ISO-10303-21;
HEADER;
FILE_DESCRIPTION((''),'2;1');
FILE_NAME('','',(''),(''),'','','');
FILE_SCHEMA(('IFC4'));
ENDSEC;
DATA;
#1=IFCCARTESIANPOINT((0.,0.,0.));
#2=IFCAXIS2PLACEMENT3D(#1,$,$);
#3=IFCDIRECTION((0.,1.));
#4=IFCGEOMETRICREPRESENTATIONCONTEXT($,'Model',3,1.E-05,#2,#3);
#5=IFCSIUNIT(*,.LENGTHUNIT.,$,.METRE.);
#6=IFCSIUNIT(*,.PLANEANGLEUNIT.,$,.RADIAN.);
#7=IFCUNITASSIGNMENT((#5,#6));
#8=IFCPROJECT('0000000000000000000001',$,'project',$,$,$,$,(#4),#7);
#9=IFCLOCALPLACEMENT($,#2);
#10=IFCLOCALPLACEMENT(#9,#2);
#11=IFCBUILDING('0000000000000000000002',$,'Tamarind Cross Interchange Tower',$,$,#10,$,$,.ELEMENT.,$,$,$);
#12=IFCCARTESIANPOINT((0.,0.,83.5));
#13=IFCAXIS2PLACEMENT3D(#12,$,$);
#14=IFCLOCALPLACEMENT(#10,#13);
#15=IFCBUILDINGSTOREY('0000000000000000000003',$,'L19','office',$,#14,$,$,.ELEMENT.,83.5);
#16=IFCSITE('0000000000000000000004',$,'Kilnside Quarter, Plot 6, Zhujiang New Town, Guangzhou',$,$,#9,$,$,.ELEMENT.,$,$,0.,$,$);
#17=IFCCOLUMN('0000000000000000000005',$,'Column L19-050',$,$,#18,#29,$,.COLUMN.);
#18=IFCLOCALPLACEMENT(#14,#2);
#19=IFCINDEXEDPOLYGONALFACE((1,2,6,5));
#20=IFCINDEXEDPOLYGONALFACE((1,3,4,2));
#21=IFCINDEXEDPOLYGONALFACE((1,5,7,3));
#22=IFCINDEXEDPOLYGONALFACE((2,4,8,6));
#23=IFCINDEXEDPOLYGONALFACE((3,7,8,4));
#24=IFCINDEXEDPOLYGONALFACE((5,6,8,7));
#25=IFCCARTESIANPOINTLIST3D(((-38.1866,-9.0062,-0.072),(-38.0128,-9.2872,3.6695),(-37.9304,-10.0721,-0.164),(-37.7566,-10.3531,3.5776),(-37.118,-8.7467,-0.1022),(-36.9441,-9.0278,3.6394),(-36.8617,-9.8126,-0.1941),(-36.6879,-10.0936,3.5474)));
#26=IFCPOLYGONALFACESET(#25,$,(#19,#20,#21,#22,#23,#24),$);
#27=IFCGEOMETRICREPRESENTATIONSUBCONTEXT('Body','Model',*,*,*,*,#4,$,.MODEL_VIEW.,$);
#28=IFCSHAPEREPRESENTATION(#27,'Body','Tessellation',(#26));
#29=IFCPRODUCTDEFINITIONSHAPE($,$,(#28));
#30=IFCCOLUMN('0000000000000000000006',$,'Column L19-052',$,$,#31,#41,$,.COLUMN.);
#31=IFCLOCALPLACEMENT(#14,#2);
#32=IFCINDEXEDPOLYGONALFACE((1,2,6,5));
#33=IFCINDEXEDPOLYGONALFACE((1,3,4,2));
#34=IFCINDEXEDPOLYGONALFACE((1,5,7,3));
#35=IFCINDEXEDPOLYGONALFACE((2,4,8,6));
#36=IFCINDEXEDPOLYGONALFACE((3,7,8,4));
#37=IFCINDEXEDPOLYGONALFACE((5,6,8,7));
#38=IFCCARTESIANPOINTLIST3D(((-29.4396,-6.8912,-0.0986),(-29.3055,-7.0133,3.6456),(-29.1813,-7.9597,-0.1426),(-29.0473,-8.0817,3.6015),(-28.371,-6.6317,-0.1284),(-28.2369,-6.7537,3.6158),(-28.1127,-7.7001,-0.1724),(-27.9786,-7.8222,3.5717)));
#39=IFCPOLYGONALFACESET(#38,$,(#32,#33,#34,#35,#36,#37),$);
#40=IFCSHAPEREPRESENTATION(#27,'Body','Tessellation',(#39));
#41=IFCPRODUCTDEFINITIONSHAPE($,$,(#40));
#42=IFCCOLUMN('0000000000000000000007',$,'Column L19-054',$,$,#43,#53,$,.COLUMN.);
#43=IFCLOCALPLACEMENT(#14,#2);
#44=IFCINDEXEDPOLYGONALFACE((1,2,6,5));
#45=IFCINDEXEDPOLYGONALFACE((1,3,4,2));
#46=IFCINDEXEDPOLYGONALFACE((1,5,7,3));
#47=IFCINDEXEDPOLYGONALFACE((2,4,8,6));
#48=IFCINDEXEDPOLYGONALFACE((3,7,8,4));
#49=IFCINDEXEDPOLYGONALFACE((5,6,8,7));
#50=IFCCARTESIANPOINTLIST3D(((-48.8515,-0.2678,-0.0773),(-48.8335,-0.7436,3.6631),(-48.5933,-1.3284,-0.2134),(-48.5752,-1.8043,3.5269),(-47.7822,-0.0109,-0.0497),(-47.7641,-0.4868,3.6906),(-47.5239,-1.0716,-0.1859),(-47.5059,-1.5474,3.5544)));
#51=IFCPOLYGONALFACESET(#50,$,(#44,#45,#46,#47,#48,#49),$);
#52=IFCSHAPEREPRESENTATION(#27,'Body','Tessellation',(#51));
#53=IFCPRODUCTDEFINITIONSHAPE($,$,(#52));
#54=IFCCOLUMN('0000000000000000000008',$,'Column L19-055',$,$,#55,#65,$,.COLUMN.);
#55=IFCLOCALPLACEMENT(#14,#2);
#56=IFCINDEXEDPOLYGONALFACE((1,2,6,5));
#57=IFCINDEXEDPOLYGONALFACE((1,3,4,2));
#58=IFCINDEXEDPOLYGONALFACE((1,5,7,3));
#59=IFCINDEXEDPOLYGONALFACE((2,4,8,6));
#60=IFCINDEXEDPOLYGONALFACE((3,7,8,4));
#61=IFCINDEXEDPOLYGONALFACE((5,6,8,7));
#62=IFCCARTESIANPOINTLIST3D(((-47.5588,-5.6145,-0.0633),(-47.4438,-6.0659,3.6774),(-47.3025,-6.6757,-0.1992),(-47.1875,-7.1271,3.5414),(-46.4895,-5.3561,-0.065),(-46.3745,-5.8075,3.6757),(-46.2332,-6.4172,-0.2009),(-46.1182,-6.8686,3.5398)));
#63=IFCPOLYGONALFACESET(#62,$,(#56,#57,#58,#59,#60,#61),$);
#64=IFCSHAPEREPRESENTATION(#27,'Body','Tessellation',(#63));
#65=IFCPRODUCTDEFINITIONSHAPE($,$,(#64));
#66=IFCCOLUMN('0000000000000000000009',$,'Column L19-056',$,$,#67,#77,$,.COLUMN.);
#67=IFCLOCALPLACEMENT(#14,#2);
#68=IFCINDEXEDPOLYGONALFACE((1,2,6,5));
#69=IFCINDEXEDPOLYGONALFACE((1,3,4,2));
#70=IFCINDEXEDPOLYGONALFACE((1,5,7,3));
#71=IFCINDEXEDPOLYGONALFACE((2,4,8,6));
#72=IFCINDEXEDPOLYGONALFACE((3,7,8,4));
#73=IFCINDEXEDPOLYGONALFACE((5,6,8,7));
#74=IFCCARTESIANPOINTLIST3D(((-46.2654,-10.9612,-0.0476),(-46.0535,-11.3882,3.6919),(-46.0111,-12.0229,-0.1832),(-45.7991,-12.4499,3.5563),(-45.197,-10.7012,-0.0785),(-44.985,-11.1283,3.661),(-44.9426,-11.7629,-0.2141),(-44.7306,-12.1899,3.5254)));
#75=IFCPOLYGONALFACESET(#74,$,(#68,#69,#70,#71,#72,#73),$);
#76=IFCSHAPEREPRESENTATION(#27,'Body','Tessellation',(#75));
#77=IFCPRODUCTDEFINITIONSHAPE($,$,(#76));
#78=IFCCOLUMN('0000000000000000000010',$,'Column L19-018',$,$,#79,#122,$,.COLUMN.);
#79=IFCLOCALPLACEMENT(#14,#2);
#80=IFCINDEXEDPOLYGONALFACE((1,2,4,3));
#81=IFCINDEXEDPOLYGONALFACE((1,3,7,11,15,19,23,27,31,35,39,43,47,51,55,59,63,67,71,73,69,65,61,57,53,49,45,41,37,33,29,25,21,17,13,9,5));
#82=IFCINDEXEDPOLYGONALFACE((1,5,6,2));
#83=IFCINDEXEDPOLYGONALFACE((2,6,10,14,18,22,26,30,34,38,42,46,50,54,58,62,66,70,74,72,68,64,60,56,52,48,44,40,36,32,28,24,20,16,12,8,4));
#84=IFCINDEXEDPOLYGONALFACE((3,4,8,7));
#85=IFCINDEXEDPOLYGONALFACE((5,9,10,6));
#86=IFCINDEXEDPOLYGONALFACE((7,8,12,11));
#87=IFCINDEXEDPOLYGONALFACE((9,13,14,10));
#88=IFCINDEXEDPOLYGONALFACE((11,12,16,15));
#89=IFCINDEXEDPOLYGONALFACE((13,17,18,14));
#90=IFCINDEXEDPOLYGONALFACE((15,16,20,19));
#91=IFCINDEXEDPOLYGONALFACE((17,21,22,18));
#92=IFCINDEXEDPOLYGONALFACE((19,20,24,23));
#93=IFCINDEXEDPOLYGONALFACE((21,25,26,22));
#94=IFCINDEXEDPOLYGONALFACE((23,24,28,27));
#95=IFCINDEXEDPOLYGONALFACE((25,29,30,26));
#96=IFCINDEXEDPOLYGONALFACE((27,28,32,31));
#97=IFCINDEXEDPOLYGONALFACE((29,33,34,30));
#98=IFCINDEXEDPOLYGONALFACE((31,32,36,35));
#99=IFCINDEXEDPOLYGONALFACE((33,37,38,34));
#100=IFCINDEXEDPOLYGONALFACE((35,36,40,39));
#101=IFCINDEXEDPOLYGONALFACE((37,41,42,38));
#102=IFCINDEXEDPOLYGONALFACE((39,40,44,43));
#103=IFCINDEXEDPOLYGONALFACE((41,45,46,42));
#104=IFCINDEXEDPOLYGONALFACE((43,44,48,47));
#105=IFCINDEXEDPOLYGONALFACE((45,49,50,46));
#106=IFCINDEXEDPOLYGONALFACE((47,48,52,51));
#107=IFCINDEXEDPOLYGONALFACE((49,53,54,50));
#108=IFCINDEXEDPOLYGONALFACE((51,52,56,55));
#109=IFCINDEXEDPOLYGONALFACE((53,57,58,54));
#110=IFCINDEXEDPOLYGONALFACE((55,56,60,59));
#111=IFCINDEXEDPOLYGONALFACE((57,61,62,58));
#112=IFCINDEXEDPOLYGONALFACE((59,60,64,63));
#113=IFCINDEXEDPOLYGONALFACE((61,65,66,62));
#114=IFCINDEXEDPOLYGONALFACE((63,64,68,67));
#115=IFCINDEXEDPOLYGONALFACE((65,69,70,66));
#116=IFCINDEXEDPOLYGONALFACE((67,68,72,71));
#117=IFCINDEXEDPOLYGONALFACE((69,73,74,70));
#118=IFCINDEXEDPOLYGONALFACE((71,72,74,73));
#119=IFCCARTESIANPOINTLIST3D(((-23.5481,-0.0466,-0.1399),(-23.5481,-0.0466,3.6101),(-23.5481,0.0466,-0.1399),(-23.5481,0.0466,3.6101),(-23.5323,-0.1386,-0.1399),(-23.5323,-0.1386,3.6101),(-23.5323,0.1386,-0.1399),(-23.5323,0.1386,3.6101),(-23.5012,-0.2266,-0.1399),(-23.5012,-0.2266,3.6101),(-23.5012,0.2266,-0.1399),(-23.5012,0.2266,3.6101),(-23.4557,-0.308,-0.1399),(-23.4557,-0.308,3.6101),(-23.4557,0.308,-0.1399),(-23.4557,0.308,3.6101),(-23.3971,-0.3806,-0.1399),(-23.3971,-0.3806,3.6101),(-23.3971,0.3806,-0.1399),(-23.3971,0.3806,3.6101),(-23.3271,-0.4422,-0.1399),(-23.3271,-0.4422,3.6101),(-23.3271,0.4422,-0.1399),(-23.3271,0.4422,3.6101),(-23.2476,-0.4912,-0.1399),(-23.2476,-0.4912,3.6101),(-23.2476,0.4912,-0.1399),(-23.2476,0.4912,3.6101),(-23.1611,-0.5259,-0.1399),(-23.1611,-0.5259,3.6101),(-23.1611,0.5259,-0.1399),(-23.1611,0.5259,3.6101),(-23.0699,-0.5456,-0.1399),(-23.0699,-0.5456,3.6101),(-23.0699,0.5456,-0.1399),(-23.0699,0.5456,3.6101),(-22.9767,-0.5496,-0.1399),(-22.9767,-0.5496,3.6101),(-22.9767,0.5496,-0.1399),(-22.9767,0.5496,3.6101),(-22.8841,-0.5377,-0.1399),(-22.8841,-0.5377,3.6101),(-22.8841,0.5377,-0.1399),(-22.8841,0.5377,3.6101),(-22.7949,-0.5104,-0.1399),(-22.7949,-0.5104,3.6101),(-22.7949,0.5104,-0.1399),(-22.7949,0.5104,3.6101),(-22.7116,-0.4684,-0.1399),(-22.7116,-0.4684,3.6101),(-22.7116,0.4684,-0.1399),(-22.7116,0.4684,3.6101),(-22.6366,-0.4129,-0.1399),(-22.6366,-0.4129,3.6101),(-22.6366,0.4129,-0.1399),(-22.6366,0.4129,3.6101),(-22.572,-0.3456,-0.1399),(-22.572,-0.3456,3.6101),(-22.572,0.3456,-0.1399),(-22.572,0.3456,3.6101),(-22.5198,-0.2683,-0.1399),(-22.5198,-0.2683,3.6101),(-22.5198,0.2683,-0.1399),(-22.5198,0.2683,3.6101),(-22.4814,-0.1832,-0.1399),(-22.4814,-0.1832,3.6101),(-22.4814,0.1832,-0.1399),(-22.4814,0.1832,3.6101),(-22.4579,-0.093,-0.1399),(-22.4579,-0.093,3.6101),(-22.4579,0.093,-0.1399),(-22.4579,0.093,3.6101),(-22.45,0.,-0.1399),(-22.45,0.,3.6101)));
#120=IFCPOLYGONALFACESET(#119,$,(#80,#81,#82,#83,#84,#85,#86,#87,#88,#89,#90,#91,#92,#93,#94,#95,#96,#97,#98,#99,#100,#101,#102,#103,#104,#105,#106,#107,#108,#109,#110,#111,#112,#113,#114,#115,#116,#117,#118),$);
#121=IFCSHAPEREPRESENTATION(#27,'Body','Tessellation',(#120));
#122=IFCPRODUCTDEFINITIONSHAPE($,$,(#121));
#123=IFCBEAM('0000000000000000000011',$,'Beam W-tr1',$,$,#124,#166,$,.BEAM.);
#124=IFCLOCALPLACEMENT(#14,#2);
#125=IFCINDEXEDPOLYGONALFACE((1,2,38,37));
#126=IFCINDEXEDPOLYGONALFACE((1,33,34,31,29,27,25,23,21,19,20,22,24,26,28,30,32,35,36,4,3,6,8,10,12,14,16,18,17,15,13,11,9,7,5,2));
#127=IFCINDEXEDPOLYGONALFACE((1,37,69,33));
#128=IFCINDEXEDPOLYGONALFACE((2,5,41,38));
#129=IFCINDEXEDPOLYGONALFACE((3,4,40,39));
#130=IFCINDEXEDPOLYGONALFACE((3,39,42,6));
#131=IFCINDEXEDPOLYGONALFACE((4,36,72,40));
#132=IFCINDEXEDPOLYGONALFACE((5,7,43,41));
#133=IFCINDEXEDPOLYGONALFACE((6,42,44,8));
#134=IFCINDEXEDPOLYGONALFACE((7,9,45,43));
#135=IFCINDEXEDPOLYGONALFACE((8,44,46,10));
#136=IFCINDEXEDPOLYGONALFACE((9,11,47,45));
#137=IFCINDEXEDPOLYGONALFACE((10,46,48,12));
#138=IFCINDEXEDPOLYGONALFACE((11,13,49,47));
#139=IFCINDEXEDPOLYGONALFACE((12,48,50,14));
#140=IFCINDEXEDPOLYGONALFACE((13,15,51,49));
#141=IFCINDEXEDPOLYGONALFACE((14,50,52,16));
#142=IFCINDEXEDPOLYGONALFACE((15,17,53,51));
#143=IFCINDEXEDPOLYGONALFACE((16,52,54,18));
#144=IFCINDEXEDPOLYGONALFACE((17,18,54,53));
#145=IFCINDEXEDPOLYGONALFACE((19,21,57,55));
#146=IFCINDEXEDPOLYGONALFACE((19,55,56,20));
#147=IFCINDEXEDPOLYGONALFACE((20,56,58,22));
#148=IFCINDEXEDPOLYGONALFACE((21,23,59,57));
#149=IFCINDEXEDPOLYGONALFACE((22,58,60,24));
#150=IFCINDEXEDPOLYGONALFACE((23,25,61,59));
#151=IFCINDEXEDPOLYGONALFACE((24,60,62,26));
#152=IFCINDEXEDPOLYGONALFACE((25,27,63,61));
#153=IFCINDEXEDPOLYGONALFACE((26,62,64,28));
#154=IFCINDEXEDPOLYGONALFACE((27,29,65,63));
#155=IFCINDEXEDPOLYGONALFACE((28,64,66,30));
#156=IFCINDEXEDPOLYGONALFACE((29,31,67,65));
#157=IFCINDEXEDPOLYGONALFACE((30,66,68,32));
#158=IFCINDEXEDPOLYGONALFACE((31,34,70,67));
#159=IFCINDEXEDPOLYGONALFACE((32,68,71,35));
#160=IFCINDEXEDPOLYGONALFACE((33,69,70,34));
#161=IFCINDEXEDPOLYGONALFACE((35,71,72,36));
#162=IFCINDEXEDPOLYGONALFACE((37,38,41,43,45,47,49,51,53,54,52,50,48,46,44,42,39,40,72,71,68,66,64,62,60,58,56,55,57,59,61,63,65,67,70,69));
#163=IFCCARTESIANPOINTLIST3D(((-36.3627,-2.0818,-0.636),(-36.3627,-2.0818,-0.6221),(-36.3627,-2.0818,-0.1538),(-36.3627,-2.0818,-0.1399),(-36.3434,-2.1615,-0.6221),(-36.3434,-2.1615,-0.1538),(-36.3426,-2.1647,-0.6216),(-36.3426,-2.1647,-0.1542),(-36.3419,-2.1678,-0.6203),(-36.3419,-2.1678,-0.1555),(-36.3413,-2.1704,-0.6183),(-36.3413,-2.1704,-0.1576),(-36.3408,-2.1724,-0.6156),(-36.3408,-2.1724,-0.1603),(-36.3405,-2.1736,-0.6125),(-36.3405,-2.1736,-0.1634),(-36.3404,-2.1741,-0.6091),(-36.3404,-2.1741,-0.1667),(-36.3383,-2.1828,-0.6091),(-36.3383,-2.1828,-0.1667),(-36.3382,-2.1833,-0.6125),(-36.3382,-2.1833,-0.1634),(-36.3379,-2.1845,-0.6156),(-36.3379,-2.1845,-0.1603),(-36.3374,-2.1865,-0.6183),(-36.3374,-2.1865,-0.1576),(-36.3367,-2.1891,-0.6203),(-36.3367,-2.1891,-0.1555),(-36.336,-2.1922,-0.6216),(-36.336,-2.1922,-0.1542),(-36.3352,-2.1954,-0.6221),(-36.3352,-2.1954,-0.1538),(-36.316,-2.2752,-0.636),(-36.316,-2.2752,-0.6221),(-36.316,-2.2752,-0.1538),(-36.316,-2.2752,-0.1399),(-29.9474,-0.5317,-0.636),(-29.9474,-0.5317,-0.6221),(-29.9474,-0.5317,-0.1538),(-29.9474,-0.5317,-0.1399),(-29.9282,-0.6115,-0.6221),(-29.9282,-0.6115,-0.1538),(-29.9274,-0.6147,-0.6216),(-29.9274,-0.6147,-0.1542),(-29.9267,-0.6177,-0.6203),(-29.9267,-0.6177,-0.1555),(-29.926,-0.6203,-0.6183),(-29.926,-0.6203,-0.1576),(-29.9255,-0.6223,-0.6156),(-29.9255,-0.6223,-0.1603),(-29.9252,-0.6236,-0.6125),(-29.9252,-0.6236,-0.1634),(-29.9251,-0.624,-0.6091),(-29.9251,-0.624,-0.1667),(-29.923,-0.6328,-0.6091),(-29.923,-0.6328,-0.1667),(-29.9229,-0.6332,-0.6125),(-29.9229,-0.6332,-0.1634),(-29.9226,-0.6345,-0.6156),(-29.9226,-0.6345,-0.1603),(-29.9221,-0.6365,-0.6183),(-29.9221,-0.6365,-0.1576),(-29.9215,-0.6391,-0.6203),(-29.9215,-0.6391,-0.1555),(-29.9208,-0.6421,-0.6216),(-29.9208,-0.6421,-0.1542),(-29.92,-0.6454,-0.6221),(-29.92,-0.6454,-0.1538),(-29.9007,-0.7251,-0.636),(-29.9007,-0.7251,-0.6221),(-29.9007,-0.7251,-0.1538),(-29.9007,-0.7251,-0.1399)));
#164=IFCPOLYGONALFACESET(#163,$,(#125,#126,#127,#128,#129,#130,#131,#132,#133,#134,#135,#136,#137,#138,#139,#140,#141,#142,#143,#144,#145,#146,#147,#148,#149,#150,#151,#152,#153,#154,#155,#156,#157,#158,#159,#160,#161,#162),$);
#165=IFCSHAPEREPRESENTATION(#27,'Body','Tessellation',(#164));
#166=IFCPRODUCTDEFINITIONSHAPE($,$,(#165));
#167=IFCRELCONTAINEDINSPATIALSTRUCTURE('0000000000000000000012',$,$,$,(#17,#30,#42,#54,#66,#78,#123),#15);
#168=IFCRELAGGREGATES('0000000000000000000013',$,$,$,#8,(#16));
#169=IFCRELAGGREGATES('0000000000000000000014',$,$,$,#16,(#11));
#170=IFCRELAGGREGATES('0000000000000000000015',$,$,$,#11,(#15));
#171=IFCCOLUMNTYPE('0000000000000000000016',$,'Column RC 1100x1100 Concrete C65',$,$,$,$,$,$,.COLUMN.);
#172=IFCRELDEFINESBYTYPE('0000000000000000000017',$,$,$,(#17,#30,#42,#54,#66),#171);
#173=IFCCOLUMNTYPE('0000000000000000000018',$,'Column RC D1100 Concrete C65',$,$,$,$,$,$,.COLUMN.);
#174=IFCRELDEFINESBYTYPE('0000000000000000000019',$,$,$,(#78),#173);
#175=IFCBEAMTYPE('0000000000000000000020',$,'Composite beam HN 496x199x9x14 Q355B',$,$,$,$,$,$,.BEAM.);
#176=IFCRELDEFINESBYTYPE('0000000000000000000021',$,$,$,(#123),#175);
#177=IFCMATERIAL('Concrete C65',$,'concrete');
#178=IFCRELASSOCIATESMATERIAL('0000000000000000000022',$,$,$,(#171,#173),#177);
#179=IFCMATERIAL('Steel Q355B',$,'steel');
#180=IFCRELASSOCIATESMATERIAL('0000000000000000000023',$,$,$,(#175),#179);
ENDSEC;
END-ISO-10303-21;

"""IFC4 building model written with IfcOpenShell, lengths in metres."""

from ifc_helpers import new_model, si_unit, direction, frame, origin, origin_2d, place, context, subcontext, project, spatial, rectangle, circle, i_section, extrude, material, material_profile, profile_set, type_object, element, save


model = new_model("IFC4")

# Units and contexts
model_context = context("Model", 3, precision=1e-05, world=origin(), true_north=direction((0.0, 1.0)))
body_context = subcontext(model_context, "Body", "Model", "MODEL_VIEW")
ifc_project = project(units=[si_unit("LENGTHUNIT", "METRE"), si_unit("PLANEANGLEUNIT", "RADIAN")], contexts=[model_context])

# Site, building, storey
site_placement = place(None, origin())
site = spatial("IfcSite", under=ifc_project, at=site_placement, Name="Kilnside Quarter, Plot 6, Zhujiang New Town, Guangzhou", CompositionType="ELEMENT", RefElevation=0.0)
building_placement = place(site_placement, origin())
building = spatial("IfcBuilding", under=site, at=building_placement, Name="Tamarind Cross Interchange Tower", CompositionType="ELEMENT")
storey_placement = place(building_placement, frame((0.0, 0.0, 83.5)))
storey = spatial("IfcBuildingStorey", under=building, at=storey_placement, Name="L19", Description="office", CompositionType="ELEMENT", Elevation=83.5)

# Columns
ifc_material_1 = material(Name="Concrete C65", Category="concrete")
ifc_material_profile_1 = material_profile(ifc_material_1, rectangle(XDim=1.1001, YDim=1.1001, at=origin_2d()), Name="RC 1100x1100")
ifc_profile_set_1 = profile_set([ifc_material_profile_1], Name="Concrete C65")
column_type_1 = type_object("IfcColumnType", Name="Column RC 1100x1100 Concrete C65", PredefinedType="COLUMN", material=ifc_profile_set_1)
column_1_placement = place(storey_placement, frame((-37.5242, -9.4094, -0.1331), z_axis=(0.04628, -0.074815, 0.996123), x_axis=(-0.232895, 0.968903, 0.083591)))
element("IfcColumn", 1, at=column_1_placement, inside=storey, type_object=column_type_1, Name="Column L19-050", PredefinedType="COLUMN", context=body_context, shape_type="SweptSolid", body=[
    extrude(rectangle(XDim=1.1001, YDim=1.1001, at=origin_2d()), origin(), (0.0, 0.0, 1.0), 3.7561),
])
column_2_placement = place(storey_placement, frame((-28.7761, -7.2957, -0.1355), z_axis=(0.035756, -0.032565, 0.99883), x_axis=(-0.234791, 0.97122, 0.04007)))
element("IfcColumn", 2, at=column_2_placement, inside=storey, type_object=column_type_1, Name="Column L19-052", PredefinedType="COLUMN", context=body_context, shape_type="SweptSolid", body=[
    extrude(rectangle(XDim=1.1001, YDim=1.1001, at=origin_2d()), origin(), (0.0, 0.0, 1.0), 3.7485),
])
column_3_placement = place(storey_placement, frame((-48.1877, -0.6697, -0.1316), z_axis=(0.004792, -0.126201, 0.991993), x_axis=(0.972041, 0.233475, 0.025007)))
element("IfcColumn", 3, at=column_3_placement, inside=storey, type_object=column_type_1, Name="Column L19-054", PredefinedType="COLUMN", context=body_context, shape_type="SweptSolid", body=[
    extrude(rectangle(XDim=1.1001, YDim=1.1001, at=origin_2d()), origin(), (0.0, 0.0, 1.0), 3.7705),
])
column_4_placement = place(storey_placement, frame((-46.896, -6.0159, -0.1321), z_axis=(0.030504, -0.119751, 0.992335), x_axis=(-0.232977, 0.9646, 0.123566)))
element("IfcColumn", 4, at=column_4_placement, inside=storey, type_object=column_type_1, Name="Column L19-055", PredefinedType="COLUMN", context=body_context, shape_type="SweptSolid", body=[
    extrude(rectangle(XDim=1.1001, YDim=1.1001, at=origin_2d()), origin(), (0.0, 0.0, 1.0), 3.7695),
])
column_5_placement = place(storey_placement, frame((-45.604, -11.3621, -0.1309), z_axis=(0.056214, -0.11327, 0.991973), x_axis=(-0.231247, 0.96505, 0.123301)))
element("IfcColumn", 5, at=column_5_placement, inside=storey, type_object=column_type_1, Name="Column L19-056", PredefinedType="COLUMN", context=body_context, shape_type="SweptSolid", body=[
    extrude(rectangle(XDim=1.1001, YDim=1.1001, at=origin_2d()), origin(), (0.0, 0.0, 1.0), 3.7698),
])
ifc_material_profile_2 = material_profile(ifc_material_1, circle(Radius=0.55, at=origin_2d()), Name="RC D1100")
ifc_profile_set_2 = profile_set([ifc_material_profile_2], Name="Concrete C65")
column_type_2 = type_object("IfcColumnType", Name="Column RC D1100 Concrete C65", PredefinedType="COLUMN", material=ifc_profile_set_2)
column_6_placement = place(storey_placement, frame((-23.0, 0.0, -0.1399), z_axis=(0.0, 0.0, 1.0), x_axis=(1.0, 0.0, 0.0)))
element("IfcColumn", 6, at=column_6_placement, inside=storey, type_object=column_type_2, Name="Column L19-018", PredefinedType="COLUMN", context=body_context, shape_type="SweptSolid", body=[
    extrude(circle(Radius=0.55, at=origin_2d()), origin(), (0.0, 0.0, 1.0), 3.75),
])

# Beam
ifc_material_2 = material(Name="Steel Q355B", Category="steel")
ifc_material_profile_3 = material_profile(ifc_material_2, i_section(OverallWidth=0.199, OverallDepth=0.4961, WebThickness=0.009, FlangeThickness=0.0139, FilletRadius=0.0129, at=origin_2d()), Name="HN 496x199x9x14")
ifc_profile_set_3 = profile_set([ifc_material_profile_3], Name="Steel Q355B")
beam_type_1 = type_object("IfcBeamType", Name="Composite beam HN 496x199x9x14 Q355B", PredefinedType="BEAM", material=ifc_profile_set_3)
beam_1_placement = place(storey_placement, frame((-29.9241, -0.6284, -0.3879), z_axis=(-0.972029, -0.23486, 0.0), x_axis=(0.23486, -0.972029, 0.0)))
element("IfcBeam", 7, at=beam_1_placement, inside=storey, type_object=beam_type_1, Name="Beam W-tr1", PredefinedType="BEAM", context=body_context, shape_type="SweptSolid", body=[
    extrude(i_section(OverallWidth=0.199, OverallDepth=0.4961, WebThickness=0.009, FlangeThickness=0.0139, FilletRadius=0.0129, at=origin_2d()), origin(), (0.0, 0.0, 1.0), 6.5999),
])

save(model, "model.ifc")
